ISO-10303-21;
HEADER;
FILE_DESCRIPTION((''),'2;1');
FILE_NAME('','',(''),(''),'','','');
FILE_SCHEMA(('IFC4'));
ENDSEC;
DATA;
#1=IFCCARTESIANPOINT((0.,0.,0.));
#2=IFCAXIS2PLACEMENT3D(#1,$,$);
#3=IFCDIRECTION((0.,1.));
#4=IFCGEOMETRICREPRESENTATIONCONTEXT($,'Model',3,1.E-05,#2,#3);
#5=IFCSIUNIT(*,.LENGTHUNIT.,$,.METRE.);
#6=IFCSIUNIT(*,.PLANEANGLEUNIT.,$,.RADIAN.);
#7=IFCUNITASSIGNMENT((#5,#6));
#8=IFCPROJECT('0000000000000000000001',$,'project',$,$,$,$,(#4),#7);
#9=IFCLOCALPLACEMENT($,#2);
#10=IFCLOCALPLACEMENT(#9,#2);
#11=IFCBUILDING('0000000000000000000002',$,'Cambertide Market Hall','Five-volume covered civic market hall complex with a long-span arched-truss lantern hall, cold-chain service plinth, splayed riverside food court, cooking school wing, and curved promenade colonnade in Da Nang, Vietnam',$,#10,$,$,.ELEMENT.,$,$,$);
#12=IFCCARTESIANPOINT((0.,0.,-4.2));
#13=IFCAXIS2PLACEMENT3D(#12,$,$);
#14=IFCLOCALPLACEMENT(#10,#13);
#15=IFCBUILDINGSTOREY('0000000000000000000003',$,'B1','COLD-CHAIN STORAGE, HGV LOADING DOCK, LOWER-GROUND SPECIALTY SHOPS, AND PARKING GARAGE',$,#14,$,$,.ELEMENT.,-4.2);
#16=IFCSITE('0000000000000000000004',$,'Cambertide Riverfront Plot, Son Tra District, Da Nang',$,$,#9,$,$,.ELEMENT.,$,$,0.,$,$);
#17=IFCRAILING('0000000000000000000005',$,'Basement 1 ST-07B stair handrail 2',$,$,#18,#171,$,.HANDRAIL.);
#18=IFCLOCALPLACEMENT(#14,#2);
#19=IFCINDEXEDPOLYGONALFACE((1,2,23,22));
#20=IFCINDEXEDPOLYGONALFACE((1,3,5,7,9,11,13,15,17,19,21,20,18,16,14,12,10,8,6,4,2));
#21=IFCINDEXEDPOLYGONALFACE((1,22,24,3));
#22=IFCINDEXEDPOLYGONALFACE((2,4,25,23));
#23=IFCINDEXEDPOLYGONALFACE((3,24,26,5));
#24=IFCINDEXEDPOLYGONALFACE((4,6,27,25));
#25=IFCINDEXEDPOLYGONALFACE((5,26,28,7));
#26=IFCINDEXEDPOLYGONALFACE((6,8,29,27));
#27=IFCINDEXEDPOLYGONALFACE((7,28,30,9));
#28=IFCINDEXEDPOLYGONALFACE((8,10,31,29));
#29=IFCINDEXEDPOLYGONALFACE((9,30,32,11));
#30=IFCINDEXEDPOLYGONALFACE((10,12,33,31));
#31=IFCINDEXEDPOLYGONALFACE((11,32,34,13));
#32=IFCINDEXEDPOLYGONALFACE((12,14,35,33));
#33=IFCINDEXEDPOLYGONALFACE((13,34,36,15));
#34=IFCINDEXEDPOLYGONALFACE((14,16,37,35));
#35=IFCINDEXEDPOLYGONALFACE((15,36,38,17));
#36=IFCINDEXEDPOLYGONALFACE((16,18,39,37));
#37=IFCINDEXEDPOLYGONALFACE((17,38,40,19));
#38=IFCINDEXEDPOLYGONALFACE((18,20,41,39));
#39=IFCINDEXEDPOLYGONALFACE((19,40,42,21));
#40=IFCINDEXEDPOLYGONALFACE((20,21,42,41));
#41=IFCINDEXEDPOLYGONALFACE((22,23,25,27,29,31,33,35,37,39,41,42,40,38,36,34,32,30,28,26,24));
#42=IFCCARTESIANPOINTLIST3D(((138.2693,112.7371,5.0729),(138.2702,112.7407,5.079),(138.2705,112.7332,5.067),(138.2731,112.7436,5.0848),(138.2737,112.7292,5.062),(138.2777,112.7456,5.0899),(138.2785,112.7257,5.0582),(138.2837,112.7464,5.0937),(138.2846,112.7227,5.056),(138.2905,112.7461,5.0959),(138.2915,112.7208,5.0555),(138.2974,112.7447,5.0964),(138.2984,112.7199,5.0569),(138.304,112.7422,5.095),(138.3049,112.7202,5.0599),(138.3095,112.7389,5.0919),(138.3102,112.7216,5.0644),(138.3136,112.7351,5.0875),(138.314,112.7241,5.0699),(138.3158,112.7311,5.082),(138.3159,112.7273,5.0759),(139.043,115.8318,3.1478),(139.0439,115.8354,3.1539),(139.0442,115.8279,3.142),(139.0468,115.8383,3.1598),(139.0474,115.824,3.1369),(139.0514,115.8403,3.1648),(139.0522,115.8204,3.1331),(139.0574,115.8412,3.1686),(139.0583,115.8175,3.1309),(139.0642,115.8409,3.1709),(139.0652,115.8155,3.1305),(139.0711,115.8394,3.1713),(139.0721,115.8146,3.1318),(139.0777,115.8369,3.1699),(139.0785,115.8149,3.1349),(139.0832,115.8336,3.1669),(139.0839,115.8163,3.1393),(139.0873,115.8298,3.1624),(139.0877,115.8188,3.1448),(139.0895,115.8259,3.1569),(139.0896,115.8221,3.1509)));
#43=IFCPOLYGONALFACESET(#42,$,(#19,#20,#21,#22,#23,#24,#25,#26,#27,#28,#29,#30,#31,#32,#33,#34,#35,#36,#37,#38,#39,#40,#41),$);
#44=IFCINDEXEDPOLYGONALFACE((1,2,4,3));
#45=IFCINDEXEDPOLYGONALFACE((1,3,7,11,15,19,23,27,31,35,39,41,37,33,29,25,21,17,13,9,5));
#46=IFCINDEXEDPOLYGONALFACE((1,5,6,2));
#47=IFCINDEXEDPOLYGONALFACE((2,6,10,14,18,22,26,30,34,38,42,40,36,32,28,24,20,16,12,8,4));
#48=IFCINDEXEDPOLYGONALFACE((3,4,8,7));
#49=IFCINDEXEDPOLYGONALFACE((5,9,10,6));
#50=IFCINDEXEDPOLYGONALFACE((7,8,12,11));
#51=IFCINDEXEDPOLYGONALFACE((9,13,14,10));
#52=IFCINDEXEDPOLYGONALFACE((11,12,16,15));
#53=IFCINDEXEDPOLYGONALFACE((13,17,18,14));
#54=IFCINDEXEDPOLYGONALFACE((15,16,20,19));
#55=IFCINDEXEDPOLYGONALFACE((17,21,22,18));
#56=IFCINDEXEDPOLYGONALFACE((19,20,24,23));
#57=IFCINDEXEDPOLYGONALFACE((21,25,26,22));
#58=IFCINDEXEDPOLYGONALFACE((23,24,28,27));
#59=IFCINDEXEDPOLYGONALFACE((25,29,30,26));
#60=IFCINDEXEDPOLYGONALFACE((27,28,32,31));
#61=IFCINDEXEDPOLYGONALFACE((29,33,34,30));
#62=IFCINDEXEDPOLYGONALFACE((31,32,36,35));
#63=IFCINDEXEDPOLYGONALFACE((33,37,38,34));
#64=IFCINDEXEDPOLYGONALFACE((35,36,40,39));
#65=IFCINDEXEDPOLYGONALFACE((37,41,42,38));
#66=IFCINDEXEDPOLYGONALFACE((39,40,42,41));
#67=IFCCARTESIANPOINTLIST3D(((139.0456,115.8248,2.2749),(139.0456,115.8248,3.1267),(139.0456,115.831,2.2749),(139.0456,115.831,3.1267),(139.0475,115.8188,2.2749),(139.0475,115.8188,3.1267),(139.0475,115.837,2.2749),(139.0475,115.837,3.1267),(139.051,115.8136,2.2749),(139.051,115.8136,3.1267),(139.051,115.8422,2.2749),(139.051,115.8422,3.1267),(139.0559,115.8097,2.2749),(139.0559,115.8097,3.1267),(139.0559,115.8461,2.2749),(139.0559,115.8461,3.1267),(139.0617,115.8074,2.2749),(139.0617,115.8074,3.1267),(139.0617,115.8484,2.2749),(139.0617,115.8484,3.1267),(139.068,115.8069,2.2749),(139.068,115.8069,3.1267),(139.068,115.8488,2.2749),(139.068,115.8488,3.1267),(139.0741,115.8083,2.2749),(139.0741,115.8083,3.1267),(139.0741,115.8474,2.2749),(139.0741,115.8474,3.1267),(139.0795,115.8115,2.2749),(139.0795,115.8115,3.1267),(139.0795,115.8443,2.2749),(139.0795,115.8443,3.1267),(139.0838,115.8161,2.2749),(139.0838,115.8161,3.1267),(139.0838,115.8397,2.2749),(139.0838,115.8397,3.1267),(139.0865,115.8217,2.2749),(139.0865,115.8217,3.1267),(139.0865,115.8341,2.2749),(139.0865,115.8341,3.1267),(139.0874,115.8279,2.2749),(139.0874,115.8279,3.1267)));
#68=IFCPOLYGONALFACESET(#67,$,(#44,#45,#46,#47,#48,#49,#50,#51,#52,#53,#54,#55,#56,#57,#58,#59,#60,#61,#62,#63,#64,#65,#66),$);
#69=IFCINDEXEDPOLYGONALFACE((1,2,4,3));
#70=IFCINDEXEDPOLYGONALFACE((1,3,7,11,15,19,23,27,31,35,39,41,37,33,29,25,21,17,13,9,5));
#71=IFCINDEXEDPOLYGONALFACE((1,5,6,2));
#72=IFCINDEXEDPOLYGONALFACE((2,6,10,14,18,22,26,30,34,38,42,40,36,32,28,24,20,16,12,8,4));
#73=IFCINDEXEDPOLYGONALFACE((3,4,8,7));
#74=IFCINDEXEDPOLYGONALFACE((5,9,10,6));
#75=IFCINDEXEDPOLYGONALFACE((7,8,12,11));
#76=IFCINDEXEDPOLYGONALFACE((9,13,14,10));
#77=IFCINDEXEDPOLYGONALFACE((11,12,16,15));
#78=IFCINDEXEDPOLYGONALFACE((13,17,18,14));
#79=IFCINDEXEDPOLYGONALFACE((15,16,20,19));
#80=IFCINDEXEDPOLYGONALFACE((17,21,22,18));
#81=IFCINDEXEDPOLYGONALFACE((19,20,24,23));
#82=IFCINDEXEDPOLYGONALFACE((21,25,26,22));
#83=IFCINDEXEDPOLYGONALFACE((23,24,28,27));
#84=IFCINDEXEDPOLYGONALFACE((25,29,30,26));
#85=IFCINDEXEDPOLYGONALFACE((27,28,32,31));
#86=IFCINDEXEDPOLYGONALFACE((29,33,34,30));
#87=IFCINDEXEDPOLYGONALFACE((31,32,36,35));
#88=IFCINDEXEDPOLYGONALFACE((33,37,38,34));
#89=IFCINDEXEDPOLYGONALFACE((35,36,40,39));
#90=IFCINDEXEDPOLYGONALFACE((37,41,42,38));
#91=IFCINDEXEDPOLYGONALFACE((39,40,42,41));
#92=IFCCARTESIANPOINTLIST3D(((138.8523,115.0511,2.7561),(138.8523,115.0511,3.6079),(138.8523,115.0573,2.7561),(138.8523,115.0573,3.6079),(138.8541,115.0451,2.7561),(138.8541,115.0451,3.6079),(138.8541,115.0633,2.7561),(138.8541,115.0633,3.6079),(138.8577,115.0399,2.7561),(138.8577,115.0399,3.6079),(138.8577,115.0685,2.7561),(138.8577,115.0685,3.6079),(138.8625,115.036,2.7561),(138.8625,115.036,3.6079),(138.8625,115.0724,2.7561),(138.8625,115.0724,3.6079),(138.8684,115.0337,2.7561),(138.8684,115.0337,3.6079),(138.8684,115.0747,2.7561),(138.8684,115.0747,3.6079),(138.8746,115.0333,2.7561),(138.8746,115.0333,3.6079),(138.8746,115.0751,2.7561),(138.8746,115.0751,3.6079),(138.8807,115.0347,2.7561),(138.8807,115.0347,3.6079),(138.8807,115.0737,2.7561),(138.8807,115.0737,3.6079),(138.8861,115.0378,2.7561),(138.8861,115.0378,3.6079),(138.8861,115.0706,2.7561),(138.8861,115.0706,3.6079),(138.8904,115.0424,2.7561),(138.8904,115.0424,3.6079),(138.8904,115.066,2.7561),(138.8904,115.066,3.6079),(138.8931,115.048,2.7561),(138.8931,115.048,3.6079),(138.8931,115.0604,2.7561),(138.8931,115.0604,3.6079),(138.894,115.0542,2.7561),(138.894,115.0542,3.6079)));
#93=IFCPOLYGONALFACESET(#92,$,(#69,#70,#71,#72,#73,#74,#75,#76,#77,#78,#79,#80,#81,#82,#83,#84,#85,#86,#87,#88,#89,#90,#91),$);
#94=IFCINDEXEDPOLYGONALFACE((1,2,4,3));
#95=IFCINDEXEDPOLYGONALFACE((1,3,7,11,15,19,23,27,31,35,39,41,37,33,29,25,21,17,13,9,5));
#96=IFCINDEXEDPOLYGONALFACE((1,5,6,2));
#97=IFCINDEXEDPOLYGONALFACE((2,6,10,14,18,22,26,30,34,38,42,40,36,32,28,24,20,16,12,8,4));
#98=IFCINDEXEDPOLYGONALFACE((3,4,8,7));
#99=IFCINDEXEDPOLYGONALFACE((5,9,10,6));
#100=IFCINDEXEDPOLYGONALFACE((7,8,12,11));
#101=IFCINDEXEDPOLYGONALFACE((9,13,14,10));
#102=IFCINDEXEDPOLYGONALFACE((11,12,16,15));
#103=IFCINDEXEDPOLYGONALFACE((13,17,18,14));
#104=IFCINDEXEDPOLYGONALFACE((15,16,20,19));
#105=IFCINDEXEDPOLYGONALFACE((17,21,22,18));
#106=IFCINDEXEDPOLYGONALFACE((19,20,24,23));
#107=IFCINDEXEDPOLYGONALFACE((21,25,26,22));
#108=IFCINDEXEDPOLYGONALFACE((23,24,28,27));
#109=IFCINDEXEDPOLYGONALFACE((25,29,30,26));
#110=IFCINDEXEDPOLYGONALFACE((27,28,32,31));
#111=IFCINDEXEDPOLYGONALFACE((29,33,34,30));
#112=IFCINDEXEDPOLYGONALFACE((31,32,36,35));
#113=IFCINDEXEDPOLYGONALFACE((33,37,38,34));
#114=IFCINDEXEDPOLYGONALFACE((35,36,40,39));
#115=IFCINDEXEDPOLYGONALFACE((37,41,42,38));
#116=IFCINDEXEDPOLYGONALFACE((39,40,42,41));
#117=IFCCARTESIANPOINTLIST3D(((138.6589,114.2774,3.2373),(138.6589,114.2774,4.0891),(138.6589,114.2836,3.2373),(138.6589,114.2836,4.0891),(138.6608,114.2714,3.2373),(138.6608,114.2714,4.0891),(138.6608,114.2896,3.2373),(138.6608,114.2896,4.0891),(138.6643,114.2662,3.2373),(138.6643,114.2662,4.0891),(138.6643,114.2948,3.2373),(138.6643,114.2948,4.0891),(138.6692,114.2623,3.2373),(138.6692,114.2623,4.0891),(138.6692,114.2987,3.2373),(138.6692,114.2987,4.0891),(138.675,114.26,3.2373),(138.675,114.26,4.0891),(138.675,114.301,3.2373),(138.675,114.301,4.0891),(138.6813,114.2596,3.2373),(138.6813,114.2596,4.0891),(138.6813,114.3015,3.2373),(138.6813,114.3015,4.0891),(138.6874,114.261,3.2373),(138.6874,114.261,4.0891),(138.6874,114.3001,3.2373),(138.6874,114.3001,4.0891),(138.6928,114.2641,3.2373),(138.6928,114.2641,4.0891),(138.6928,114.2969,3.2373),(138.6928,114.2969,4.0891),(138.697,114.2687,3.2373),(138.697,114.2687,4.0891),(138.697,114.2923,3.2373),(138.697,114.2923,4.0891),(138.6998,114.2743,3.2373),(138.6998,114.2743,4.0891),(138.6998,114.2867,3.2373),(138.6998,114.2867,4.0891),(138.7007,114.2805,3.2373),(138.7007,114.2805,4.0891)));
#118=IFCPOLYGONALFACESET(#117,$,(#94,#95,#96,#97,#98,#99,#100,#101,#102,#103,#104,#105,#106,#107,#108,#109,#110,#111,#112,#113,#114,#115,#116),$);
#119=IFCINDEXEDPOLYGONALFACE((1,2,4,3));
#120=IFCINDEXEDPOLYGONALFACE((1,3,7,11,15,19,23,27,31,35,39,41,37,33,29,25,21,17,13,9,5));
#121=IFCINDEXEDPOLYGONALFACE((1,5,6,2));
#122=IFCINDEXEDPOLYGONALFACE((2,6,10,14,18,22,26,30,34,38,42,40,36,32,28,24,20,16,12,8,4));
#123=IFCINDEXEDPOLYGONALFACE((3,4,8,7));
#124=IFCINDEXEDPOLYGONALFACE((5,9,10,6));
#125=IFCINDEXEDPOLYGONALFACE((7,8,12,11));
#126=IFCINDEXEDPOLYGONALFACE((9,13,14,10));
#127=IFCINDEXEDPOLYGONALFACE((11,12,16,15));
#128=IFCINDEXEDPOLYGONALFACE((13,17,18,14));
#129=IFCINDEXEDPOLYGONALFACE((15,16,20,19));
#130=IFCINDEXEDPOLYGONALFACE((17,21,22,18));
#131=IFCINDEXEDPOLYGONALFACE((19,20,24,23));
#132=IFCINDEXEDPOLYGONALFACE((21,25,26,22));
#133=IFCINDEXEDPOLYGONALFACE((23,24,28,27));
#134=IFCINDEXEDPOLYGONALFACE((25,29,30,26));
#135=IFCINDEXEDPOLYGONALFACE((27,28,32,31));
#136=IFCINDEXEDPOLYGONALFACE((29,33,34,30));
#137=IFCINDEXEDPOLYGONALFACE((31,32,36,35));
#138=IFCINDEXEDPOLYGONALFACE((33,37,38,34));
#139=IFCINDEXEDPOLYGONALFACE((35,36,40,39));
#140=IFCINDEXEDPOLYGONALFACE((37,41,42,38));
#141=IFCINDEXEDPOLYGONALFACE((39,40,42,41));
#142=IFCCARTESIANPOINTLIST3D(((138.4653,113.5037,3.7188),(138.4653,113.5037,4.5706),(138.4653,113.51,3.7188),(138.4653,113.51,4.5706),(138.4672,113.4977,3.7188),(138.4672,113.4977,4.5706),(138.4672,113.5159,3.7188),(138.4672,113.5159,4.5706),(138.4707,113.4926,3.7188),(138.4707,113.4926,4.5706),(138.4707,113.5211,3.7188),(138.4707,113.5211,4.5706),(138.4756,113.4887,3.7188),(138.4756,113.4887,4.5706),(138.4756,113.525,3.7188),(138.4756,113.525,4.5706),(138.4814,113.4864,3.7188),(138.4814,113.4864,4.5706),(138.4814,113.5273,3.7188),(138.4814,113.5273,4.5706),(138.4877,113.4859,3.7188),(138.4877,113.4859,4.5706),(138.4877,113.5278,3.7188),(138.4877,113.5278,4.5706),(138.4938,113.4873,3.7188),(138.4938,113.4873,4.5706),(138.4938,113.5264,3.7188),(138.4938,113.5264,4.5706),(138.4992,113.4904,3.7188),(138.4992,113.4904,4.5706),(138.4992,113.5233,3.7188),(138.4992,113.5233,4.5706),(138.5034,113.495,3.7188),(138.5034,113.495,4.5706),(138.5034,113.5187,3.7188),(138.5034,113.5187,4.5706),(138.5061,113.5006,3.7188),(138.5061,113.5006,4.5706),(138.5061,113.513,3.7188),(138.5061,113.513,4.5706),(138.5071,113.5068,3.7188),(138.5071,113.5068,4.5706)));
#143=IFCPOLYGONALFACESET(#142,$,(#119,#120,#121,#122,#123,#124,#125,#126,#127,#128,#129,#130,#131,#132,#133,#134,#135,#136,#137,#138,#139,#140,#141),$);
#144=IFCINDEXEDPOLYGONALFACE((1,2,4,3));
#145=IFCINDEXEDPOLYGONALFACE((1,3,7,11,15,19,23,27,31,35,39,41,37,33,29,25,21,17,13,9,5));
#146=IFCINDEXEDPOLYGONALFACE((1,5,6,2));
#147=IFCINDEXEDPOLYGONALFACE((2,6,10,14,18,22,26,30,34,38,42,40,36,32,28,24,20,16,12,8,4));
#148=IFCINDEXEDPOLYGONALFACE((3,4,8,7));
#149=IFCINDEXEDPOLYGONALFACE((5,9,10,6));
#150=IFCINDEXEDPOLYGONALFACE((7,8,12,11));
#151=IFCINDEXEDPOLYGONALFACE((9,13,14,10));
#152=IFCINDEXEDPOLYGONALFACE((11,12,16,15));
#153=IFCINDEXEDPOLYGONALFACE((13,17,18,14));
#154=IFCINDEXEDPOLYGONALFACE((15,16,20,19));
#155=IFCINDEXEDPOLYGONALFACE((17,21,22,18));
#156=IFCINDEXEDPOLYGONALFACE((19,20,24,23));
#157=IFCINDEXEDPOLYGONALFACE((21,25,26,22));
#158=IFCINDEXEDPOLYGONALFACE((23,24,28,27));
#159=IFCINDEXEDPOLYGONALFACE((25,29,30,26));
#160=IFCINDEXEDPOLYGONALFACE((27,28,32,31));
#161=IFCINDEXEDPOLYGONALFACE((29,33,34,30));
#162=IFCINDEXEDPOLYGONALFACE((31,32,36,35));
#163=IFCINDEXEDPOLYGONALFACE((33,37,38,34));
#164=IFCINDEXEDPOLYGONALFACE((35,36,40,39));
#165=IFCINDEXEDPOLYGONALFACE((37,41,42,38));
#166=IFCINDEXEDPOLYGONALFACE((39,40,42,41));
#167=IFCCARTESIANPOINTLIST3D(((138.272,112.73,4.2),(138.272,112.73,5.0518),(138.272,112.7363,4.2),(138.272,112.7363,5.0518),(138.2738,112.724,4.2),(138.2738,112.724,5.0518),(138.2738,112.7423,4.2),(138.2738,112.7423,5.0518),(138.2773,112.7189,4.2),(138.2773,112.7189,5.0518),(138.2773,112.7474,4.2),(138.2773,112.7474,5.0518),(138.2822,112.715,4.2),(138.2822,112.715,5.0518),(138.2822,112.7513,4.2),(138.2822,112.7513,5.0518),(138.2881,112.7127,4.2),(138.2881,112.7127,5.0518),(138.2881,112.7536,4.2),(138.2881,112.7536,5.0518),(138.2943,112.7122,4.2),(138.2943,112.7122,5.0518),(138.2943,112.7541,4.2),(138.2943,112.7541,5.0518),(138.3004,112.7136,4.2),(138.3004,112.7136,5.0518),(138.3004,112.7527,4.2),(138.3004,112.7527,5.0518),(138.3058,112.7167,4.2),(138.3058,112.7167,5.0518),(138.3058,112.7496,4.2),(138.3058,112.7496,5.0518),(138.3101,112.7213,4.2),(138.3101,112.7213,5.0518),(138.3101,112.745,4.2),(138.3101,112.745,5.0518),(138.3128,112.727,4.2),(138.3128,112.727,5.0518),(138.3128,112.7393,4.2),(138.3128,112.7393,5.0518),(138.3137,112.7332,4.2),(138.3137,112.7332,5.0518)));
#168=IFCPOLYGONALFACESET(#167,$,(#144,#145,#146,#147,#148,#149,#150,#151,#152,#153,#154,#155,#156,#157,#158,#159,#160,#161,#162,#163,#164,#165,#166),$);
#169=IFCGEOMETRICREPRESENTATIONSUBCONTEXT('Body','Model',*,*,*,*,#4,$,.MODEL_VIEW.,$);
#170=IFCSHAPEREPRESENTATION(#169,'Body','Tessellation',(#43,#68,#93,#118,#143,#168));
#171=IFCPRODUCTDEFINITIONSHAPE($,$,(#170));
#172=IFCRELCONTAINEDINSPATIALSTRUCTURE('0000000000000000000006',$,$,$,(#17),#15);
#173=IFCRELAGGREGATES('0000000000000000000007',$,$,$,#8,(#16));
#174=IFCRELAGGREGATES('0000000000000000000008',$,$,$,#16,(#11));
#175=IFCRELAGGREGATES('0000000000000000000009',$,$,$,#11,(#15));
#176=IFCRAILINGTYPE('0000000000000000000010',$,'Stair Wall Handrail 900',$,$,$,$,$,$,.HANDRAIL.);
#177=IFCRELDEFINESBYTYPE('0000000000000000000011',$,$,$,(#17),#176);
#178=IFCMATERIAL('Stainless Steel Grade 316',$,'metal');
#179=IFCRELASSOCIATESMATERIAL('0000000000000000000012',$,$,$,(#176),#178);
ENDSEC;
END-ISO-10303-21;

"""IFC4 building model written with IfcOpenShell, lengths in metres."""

from ifc_helpers import new_model, si_unit, direction, frame, origin, origin_2d, place, context, subcontext, project, spatial, circle, extrude, material, type_object, element, save


model = new_model("IFC4")

# Units and contexts
model_context = context("Model", 3, precision=1e-05, world=origin(), true_north=direction((0.0, 1.0)))
body_context = subcontext(model_context, "Body", "Model", "MODEL_VIEW")
ifc_project = project(units=[si_unit("LENGTHUNIT", "METRE"), si_unit("PLANEANGLEUNIT", "RADIAN")], contexts=[model_context])

# Site, building, storey
site_placement = place(None, origin())
site = spatial("IfcSite", under=ifc_project, at=site_placement, Name="Cambertide Riverfront Plot, Son Tra District, Da Nang", CompositionType="ELEMENT", RefElevation=0.0)
building_placement = place(site_placement, origin())
building = spatial("IfcBuilding", under=site, at=building_placement, Name="Cambertide Market Hall", Description="Five-volume covered civic market hall complex with a long-span arched-truss lantern hall, cold-chain service plinth, splayed riverside food court, cooking school wing, and curved promenade colonnade in Da Nang, Vietnam", CompositionType="ELEMENT")
storey_placement = place(building_placement, frame((0.0, 0.0, -4.2)))
storey = spatial("IfcBuildingStorey", under=building, at=storey_placement, Name="B1", Description="COLD-CHAIN STORAGE, HGV LOADING DOCK, LOWER-GROUND SPECIALTY SHOPS, AND PARKING GARAGE", CompositionType="ELEMENT", Elevation=-4.2)

# Railing
ifc_material_1 = material(Name="Stainless Steel Grade 316", Category="metal")
railing_type = type_object("IfcRailingType", Name="Stair Wall Handrail 900", PredefinedType="HANDRAIL", material=ifc_material_1)
railing_placement = place(storey_placement, frame((139.0664, 115.8279, 2.2749)))
element("IfcRailing", 1, at=railing_placement, inside=storey, type_object=railing_type, Name="Basement 1 ST-07B stair handrail 2", PredefinedType="HANDRAIL", context=body_context, shape_type="SweptSolid", body=[
    extrude(circle(Radius=0.0239, at=origin_2d()), frame((0.0, 0.0, 0.876), z_axis=(-0.207654, -0.830616, 0.516678), x_axis=(0.970143, -0.242536, 0.0)), (0.0, 0.0, 1.0), 3.7258),
    extrude(circle(Radius=0.021, at=origin_2d()), origin(), (0.0, 0.0, 1.0), 0.8518),
    extrude(circle(Radius=0.021, at=origin_2d()), frame((-0.1934, -0.7737, 0.4812)), (0.0, 0.0, 1.0), 0.8518),
    extrude(circle(Radius=0.021, at=origin_2d()), frame((-0.3867, -1.5474, 0.9624)), (0.0, 0.0, 1.0), 0.8518),
    extrude(circle(Radius=0.021, at=origin_2d()), frame((-0.5803, -2.321, 1.4438)), (0.0, 0.0, 1.0), 0.8518),
    extrude(circle(Radius=0.021, at=origin_2d()), frame((-0.7737, -3.0947, 1.925)), (0.0, 0.0, 1.0), 0.8518),
])

save(model, "model.ifc")
